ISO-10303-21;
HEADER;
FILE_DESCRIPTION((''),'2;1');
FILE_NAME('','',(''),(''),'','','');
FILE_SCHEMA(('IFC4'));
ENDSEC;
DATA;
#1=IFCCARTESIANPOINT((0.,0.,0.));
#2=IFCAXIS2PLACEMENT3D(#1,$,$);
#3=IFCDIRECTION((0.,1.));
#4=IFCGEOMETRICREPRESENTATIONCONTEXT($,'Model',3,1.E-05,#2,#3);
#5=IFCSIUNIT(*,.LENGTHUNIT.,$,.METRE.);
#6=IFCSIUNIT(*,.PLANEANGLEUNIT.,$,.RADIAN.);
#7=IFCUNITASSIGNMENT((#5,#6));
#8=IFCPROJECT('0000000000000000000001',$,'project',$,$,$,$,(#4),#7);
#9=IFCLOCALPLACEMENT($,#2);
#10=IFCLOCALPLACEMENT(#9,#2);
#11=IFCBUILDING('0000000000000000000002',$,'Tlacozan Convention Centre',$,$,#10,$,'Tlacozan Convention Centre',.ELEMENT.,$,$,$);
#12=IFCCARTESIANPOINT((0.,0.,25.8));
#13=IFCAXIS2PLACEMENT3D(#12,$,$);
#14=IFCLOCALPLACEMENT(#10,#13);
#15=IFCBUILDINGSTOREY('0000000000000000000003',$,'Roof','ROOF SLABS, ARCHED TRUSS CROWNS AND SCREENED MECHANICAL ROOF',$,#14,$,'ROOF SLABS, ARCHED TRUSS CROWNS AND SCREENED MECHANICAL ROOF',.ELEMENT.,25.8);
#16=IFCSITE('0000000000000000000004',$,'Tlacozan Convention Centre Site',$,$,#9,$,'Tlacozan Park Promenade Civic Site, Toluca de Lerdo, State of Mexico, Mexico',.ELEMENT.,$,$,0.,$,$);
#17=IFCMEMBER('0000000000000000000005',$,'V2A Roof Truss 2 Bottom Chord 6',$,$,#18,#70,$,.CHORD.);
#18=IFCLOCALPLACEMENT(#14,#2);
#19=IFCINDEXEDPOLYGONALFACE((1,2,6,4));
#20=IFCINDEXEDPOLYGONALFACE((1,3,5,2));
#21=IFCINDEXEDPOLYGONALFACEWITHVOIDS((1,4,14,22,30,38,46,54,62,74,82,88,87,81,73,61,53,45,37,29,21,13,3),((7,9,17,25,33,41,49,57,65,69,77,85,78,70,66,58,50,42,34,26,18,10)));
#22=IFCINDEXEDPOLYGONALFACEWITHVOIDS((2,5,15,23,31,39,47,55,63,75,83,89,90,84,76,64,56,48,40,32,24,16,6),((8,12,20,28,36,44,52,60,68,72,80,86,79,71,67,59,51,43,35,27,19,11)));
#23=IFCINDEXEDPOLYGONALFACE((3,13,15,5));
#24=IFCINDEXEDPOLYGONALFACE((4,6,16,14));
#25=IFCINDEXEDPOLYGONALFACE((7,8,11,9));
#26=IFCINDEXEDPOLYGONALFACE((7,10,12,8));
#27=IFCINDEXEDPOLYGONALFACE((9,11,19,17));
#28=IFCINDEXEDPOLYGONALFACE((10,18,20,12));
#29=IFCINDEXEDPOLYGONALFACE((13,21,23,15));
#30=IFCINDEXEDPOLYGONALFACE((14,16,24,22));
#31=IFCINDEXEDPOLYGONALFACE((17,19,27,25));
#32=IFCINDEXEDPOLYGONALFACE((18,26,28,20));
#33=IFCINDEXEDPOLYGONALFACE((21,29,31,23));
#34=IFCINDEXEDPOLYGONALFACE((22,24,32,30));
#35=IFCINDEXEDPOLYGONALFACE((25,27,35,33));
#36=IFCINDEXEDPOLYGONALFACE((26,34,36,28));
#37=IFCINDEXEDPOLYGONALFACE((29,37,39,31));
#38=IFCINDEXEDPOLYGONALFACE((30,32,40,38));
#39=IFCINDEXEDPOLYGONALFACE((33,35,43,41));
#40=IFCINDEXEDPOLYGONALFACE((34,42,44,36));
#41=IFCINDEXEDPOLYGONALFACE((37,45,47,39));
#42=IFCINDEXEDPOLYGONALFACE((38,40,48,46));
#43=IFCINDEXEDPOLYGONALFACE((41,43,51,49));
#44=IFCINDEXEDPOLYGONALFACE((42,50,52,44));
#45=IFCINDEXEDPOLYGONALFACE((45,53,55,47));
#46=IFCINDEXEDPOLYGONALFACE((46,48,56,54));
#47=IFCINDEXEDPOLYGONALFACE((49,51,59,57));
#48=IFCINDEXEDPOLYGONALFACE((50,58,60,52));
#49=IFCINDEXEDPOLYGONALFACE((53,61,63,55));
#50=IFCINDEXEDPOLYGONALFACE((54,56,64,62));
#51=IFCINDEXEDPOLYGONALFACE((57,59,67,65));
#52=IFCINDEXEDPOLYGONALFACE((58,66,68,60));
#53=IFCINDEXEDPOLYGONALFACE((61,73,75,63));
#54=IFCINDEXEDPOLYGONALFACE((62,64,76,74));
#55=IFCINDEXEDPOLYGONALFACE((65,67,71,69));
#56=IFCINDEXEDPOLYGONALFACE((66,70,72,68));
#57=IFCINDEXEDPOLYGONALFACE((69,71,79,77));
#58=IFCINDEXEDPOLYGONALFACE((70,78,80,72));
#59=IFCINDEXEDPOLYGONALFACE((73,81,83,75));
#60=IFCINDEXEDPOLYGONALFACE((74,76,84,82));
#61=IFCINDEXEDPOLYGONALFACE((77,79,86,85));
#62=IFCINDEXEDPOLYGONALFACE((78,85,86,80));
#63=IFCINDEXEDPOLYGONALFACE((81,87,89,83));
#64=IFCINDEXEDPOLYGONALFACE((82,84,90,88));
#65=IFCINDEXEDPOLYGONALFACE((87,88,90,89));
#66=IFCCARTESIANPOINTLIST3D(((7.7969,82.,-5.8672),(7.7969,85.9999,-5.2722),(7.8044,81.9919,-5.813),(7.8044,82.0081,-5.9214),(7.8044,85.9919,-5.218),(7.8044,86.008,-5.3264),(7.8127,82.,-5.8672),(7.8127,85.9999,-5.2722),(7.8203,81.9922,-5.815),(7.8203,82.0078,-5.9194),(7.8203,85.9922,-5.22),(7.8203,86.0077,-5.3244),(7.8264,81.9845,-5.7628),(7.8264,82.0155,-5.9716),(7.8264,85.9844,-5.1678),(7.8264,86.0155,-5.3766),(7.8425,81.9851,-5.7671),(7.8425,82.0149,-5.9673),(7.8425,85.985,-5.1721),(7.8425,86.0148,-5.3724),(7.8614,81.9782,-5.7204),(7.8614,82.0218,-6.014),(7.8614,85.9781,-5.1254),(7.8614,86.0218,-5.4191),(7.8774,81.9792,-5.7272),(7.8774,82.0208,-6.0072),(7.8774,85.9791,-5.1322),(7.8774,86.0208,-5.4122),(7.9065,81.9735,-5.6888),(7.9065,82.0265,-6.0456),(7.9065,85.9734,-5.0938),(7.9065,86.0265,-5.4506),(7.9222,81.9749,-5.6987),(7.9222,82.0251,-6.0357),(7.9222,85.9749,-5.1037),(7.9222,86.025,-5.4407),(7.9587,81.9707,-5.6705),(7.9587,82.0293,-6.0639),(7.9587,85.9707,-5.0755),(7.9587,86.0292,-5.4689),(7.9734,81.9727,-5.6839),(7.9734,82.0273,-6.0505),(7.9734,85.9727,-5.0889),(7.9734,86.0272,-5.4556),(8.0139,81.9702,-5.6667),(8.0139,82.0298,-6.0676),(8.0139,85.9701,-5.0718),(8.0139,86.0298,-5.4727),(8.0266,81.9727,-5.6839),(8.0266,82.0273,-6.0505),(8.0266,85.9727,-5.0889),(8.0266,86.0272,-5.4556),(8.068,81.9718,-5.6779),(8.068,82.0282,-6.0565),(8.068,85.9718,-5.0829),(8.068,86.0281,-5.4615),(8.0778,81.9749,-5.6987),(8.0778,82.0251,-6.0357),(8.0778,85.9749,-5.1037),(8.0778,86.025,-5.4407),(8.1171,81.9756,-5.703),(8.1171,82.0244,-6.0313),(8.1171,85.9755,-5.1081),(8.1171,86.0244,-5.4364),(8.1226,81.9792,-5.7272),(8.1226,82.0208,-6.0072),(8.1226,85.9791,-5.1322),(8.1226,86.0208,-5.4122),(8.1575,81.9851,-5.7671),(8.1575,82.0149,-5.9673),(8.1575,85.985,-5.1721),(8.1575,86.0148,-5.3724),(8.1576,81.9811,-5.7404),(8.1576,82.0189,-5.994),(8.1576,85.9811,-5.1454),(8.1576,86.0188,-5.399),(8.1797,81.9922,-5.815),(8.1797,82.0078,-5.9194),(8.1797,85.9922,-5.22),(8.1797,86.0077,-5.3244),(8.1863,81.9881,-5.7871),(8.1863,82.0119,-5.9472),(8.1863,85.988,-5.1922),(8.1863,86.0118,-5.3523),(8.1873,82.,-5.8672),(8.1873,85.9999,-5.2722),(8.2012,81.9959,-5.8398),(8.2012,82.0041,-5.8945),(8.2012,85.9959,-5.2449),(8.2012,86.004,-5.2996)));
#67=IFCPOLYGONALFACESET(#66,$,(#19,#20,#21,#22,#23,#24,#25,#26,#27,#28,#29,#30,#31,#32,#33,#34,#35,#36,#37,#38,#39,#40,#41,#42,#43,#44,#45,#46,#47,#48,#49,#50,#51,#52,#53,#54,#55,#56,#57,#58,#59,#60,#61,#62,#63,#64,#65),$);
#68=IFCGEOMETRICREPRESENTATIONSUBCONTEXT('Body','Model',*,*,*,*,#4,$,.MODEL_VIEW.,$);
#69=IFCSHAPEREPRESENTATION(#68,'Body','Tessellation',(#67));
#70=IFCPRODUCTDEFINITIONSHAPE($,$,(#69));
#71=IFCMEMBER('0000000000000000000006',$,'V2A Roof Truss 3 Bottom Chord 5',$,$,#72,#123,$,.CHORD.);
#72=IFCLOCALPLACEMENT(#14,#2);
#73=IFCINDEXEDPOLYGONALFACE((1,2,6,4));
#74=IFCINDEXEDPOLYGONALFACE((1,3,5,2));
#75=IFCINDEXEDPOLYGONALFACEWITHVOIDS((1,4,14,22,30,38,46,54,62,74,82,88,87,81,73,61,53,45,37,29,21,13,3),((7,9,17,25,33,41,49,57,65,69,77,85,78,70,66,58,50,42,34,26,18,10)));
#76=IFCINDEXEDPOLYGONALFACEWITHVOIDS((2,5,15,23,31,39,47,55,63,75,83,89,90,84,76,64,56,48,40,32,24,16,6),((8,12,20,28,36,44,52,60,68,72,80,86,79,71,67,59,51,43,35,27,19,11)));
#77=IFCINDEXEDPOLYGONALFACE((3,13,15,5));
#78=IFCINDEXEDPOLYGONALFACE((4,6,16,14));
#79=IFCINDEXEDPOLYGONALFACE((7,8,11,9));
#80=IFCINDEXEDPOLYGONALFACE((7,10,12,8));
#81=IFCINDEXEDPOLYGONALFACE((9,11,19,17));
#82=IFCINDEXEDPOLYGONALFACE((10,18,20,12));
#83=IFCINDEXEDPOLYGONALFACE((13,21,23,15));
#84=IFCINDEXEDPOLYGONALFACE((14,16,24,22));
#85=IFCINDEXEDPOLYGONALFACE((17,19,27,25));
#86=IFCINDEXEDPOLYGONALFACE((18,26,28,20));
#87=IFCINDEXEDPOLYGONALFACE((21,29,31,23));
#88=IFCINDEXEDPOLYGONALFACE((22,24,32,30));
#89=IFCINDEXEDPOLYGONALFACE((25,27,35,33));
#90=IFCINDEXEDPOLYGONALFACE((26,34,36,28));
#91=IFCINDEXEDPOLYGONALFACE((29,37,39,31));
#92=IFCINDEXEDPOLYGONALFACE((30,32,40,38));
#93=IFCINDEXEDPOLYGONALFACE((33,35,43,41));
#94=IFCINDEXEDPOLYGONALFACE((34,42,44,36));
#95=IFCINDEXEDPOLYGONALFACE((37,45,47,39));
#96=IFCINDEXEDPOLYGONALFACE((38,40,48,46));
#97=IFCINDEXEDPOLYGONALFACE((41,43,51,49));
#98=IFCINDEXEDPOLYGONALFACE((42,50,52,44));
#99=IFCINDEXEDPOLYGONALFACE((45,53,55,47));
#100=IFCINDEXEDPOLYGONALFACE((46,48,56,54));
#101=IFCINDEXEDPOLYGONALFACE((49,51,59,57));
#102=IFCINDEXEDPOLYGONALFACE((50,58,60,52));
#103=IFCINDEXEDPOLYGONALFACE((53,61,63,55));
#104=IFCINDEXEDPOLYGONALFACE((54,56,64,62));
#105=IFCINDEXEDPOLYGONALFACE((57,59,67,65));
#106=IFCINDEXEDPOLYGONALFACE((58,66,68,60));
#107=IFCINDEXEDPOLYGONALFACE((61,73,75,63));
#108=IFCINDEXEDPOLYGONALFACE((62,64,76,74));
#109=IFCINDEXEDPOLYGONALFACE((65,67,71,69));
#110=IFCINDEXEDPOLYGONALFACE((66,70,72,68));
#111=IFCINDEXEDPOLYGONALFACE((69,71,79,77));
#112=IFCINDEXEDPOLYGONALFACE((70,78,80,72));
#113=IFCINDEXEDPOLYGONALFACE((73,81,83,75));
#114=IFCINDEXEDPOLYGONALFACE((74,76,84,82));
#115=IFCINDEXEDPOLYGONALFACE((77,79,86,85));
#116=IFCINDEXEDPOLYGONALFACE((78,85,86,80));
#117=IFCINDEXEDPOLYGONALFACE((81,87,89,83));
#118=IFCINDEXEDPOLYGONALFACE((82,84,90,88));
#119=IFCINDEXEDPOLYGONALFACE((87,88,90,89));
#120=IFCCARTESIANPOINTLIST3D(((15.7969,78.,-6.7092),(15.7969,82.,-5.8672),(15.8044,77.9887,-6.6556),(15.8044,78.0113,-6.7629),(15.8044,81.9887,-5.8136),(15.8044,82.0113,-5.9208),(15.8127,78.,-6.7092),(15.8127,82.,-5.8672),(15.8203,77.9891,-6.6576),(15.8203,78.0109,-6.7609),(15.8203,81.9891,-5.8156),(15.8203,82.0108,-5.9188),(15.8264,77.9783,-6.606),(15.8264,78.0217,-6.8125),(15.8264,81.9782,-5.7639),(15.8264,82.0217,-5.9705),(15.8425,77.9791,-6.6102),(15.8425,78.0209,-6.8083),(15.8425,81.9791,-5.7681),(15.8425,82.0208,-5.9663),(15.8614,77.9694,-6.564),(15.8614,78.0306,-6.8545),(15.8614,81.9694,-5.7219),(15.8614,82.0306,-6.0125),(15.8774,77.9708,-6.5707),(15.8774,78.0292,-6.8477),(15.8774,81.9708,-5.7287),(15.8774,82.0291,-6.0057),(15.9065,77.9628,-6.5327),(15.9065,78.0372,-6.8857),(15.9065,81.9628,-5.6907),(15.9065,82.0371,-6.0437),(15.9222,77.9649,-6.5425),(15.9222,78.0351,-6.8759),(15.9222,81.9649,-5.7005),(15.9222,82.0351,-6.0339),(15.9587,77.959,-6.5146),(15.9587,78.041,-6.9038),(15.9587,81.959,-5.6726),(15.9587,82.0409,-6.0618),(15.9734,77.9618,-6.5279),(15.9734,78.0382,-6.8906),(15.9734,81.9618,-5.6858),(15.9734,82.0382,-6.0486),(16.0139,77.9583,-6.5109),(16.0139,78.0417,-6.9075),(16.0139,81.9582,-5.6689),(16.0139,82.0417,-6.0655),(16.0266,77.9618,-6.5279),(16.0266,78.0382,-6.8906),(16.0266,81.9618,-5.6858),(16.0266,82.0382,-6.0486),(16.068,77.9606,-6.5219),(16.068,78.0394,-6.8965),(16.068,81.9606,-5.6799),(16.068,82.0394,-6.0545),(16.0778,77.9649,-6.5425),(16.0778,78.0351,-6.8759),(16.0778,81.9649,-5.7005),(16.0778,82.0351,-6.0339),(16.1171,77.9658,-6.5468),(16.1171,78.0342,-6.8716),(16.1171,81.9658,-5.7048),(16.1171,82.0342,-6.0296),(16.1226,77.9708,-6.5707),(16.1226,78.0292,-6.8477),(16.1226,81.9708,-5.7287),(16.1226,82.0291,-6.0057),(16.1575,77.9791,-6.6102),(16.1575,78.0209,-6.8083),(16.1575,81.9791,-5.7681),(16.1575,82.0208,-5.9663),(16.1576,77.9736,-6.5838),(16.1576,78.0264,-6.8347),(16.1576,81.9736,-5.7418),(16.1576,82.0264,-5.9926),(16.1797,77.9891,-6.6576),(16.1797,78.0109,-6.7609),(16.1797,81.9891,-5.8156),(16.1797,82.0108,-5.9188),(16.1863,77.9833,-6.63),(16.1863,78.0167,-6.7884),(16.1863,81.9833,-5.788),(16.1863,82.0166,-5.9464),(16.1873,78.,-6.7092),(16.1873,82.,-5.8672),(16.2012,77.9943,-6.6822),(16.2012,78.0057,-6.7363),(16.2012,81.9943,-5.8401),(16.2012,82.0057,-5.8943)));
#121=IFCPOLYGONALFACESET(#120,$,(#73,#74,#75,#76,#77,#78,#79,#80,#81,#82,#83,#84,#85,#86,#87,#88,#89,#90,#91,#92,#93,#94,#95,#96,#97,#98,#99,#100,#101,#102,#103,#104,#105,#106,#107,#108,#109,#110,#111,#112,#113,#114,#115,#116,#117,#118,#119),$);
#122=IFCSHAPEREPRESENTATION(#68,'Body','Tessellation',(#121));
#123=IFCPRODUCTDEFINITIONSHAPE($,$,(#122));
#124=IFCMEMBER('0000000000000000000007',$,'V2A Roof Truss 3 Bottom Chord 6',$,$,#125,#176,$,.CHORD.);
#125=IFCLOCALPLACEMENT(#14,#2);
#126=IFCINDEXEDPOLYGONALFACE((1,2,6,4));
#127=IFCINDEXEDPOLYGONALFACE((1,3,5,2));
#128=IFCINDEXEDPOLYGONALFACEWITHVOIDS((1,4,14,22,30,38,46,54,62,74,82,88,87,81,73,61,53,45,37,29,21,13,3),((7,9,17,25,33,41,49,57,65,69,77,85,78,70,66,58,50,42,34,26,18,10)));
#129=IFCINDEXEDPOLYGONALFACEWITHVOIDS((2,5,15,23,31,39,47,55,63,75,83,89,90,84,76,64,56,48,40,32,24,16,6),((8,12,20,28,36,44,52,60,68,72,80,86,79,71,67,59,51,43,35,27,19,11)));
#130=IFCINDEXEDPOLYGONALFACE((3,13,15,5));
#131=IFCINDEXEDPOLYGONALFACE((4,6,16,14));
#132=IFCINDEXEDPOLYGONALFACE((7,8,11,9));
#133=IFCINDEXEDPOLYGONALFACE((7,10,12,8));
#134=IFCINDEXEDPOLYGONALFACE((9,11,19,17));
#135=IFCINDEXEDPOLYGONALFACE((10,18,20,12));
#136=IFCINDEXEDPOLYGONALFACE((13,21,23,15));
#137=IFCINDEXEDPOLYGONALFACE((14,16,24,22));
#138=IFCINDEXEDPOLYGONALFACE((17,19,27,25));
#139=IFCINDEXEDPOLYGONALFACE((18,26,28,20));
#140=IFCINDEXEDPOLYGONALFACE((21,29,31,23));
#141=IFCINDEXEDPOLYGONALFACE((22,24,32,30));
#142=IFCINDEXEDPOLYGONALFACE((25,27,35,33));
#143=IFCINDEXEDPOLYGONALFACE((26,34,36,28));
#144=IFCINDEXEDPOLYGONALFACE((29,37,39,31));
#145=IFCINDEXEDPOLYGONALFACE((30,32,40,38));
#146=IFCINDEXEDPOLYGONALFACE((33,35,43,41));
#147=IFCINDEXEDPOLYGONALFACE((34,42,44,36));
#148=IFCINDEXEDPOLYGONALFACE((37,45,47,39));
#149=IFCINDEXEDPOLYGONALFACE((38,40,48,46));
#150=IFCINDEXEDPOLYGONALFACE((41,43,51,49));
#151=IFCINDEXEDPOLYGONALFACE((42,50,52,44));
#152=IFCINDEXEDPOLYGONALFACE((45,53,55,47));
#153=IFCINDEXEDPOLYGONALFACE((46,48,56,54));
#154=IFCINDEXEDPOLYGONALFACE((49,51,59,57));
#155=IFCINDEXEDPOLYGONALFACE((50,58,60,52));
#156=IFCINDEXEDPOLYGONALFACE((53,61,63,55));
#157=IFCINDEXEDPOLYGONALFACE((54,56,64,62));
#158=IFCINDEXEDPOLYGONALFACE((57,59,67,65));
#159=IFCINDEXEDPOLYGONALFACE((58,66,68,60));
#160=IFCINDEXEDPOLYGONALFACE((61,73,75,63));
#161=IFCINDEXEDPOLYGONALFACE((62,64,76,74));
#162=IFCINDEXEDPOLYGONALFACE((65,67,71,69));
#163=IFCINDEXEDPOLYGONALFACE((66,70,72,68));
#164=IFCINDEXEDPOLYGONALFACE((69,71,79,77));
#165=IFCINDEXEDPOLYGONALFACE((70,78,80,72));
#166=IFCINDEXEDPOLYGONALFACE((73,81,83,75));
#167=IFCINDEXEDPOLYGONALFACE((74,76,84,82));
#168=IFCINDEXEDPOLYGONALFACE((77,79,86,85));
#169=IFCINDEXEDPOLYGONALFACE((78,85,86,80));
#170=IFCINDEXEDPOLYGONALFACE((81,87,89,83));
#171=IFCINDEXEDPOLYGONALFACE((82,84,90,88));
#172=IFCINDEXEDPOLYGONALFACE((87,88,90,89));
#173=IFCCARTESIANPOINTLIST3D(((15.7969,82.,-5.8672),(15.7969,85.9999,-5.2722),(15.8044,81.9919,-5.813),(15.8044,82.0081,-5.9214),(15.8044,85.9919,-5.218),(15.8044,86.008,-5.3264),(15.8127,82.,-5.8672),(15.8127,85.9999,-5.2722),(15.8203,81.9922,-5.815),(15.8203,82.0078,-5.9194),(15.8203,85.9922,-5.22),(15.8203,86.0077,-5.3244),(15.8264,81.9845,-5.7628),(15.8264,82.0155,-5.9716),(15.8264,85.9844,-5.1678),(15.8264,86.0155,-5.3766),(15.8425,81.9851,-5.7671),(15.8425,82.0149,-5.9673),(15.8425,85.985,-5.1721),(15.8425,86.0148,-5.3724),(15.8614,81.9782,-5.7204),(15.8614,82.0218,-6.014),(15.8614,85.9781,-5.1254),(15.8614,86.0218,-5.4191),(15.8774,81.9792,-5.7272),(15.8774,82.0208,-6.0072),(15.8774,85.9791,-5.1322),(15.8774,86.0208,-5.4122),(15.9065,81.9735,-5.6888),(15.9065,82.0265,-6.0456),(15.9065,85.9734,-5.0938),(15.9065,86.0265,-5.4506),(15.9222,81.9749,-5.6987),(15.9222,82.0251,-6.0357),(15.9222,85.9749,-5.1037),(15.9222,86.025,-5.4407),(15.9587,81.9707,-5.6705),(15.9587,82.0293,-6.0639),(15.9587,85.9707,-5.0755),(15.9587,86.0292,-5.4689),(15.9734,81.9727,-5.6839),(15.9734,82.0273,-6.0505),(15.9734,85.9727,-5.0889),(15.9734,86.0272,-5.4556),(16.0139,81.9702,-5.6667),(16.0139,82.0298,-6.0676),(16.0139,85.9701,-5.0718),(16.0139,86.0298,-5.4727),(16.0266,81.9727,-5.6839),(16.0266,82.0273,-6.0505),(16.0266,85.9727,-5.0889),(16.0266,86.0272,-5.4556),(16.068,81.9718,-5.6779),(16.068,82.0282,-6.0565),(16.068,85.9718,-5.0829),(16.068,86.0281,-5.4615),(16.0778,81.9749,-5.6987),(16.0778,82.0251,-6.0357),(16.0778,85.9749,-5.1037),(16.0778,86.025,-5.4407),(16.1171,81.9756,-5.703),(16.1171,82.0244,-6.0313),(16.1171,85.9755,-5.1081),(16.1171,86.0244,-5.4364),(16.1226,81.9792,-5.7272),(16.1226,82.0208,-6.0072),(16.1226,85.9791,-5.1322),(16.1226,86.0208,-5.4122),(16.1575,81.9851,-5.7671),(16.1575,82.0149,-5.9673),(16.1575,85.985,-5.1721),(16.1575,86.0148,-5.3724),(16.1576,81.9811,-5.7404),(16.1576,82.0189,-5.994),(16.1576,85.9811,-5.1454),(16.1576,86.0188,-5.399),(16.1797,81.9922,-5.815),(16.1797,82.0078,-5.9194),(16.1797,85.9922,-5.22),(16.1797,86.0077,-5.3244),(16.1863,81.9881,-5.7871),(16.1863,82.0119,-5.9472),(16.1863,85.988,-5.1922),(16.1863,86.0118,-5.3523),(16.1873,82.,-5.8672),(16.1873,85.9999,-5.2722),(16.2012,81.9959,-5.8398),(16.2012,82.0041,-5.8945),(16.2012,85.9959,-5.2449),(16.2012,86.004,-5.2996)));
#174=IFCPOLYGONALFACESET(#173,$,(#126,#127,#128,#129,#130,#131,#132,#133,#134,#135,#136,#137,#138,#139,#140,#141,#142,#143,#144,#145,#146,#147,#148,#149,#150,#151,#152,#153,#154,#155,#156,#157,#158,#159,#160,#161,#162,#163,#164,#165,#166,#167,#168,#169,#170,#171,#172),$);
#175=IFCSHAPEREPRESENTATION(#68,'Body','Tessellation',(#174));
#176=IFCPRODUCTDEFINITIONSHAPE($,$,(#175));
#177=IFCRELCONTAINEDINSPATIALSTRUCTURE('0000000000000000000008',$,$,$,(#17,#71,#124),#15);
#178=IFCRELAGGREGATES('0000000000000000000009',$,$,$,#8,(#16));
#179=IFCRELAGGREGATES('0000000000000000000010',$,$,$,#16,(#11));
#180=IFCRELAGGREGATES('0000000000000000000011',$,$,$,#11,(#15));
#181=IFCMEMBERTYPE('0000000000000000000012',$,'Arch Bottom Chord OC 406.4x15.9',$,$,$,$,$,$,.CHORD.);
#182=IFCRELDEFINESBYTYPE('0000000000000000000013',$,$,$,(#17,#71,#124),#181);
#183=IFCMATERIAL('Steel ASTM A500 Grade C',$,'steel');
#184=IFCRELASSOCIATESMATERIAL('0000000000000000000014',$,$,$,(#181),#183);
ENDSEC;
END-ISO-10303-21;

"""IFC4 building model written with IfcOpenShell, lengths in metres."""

from ifc_helpers import new_model, si_unit, direction, frame, origin, origin_2d, place, context, subcontext, project, spatial, hollow_circle, extrude, material, material_profile, profile_set, type_object, element, save


model = new_model("IFC4")

# Units and contexts
model_context = context("Model", 3, precision=1e-05, world=origin(), true_north=direction((0.0, 1.0)))
body_context = subcontext(model_context, "Body", "Model", "MODEL_VIEW")
ifc_project = project(units=[si_unit("LENGTHUNIT", "METRE"), si_unit("PLANEANGLEUNIT", "RADIAN")], contexts=[model_context])

# Site, building, storey
site_placement = place(None, origin())
site = spatial("IfcSite", under=ifc_project, at=site_placement, Name="Tlacozan Convention Centre Site", LongName="Tlacozan Park Promenade Civic Site, Toluca de Lerdo, State of Mexico, Mexico", CompositionType="ELEMENT", RefElevation=0.0)
building_placement = place(site_placement, origin())
building = spatial("IfcBuilding", under=site, at=building_placement, Name="Tlacozan Convention Centre", LongName="Tlacozan Convention Centre", CompositionType="ELEMENT")
storey_placement = place(building_placement, frame((0.0, 0.0, 25.8)))
storey = spatial("IfcBuildingStorey", under=building, at=storey_placement, Name="Roof", Description="ROOF SLABS, ARCHED TRUSS CROWNS AND SCREENED MECHANICAL ROOF", LongName="ROOF SLABS, ARCHED TRUSS CROWNS AND SCREENED MECHANICAL ROOF", CompositionType="ELEMENT", Elevation=25.8)

# Members
ifc_material_1 = material(Name="Steel ASTM A500 Grade C", Category="steel")
ifc_material_profile_1 = material_profile(ifc_material_1, hollow_circle(Radius=0.2031, WallThickness=0.0159, at=origin_2d()), Name="OC 406.4x15.9")
ifc_profile_set_1 = profile_set([ifc_material_profile_1], Name="Steel ASTM A500 Grade C")
member_type_1 = type_object("IfcMemberType", Name="Arch Bottom Chord OC 406.4x15.9", PredefinedType="CHORD", material=ifc_profile_set_1)
member_1_placement = place(storey_placement, frame((8.0, 82.0, -5.8672), z_axis=(0.0, 0.989118, 0.147124), x_axis=(-1.0, 0.0, 0.0)))
element("IfcMember", 1, at=member_1_placement, inside=storey, type_object=member_type_1, Name="V2A Roof Truss 2 Bottom Chord 6", PredefinedType="CHORD", context=body_context, shape_type="SweptSolid", body=[
    extrude(hollow_circle(Radius=0.2031, WallThickness=0.0159, at=origin_2d()), origin(), (0.0, 0.0, 1.0), 4.0439),
])
member_2_placement = place(storey_placement, frame((16.0, 78.0, -6.7092), z_axis=(0.0, 0.978553, 0.205995), x_axis=(-1.0, 0.0, 0.0)))
element("IfcMember", 2, at=member_2_placement, inside=storey, type_object=member_type_1, Name="V2A Roof Truss 3 Bottom Chord 5", PredefinedType="CHORD", context=body_context, shape_type="SweptSolid", body=[
    extrude(hollow_circle(Radius=0.2031, WallThickness=0.0159, at=origin_2d()), origin(), (0.0, 0.0, 1.0), 4.0876),
])
member_3_placement = place(storey_placement, frame((16.0, 82.0, -5.8672), z_axis=(0.0, 0.989118, 0.147124), x_axis=(-1.0, 0.0, 0.0)))
element("IfcMember", 3, at=member_3_placement, inside=storey, type_object=member_type_1, Name="V2A Roof Truss 3 Bottom Chord 6", PredefinedType="CHORD", context=body_context, shape_type="SweptSolid", body=[
    extrude(hollow_circle(Radius=0.2031, WallThickness=0.0159, at=origin_2d()), origin(), (0.0, 0.0, 1.0), 4.0439),
])

save(model, "model.ifc")
